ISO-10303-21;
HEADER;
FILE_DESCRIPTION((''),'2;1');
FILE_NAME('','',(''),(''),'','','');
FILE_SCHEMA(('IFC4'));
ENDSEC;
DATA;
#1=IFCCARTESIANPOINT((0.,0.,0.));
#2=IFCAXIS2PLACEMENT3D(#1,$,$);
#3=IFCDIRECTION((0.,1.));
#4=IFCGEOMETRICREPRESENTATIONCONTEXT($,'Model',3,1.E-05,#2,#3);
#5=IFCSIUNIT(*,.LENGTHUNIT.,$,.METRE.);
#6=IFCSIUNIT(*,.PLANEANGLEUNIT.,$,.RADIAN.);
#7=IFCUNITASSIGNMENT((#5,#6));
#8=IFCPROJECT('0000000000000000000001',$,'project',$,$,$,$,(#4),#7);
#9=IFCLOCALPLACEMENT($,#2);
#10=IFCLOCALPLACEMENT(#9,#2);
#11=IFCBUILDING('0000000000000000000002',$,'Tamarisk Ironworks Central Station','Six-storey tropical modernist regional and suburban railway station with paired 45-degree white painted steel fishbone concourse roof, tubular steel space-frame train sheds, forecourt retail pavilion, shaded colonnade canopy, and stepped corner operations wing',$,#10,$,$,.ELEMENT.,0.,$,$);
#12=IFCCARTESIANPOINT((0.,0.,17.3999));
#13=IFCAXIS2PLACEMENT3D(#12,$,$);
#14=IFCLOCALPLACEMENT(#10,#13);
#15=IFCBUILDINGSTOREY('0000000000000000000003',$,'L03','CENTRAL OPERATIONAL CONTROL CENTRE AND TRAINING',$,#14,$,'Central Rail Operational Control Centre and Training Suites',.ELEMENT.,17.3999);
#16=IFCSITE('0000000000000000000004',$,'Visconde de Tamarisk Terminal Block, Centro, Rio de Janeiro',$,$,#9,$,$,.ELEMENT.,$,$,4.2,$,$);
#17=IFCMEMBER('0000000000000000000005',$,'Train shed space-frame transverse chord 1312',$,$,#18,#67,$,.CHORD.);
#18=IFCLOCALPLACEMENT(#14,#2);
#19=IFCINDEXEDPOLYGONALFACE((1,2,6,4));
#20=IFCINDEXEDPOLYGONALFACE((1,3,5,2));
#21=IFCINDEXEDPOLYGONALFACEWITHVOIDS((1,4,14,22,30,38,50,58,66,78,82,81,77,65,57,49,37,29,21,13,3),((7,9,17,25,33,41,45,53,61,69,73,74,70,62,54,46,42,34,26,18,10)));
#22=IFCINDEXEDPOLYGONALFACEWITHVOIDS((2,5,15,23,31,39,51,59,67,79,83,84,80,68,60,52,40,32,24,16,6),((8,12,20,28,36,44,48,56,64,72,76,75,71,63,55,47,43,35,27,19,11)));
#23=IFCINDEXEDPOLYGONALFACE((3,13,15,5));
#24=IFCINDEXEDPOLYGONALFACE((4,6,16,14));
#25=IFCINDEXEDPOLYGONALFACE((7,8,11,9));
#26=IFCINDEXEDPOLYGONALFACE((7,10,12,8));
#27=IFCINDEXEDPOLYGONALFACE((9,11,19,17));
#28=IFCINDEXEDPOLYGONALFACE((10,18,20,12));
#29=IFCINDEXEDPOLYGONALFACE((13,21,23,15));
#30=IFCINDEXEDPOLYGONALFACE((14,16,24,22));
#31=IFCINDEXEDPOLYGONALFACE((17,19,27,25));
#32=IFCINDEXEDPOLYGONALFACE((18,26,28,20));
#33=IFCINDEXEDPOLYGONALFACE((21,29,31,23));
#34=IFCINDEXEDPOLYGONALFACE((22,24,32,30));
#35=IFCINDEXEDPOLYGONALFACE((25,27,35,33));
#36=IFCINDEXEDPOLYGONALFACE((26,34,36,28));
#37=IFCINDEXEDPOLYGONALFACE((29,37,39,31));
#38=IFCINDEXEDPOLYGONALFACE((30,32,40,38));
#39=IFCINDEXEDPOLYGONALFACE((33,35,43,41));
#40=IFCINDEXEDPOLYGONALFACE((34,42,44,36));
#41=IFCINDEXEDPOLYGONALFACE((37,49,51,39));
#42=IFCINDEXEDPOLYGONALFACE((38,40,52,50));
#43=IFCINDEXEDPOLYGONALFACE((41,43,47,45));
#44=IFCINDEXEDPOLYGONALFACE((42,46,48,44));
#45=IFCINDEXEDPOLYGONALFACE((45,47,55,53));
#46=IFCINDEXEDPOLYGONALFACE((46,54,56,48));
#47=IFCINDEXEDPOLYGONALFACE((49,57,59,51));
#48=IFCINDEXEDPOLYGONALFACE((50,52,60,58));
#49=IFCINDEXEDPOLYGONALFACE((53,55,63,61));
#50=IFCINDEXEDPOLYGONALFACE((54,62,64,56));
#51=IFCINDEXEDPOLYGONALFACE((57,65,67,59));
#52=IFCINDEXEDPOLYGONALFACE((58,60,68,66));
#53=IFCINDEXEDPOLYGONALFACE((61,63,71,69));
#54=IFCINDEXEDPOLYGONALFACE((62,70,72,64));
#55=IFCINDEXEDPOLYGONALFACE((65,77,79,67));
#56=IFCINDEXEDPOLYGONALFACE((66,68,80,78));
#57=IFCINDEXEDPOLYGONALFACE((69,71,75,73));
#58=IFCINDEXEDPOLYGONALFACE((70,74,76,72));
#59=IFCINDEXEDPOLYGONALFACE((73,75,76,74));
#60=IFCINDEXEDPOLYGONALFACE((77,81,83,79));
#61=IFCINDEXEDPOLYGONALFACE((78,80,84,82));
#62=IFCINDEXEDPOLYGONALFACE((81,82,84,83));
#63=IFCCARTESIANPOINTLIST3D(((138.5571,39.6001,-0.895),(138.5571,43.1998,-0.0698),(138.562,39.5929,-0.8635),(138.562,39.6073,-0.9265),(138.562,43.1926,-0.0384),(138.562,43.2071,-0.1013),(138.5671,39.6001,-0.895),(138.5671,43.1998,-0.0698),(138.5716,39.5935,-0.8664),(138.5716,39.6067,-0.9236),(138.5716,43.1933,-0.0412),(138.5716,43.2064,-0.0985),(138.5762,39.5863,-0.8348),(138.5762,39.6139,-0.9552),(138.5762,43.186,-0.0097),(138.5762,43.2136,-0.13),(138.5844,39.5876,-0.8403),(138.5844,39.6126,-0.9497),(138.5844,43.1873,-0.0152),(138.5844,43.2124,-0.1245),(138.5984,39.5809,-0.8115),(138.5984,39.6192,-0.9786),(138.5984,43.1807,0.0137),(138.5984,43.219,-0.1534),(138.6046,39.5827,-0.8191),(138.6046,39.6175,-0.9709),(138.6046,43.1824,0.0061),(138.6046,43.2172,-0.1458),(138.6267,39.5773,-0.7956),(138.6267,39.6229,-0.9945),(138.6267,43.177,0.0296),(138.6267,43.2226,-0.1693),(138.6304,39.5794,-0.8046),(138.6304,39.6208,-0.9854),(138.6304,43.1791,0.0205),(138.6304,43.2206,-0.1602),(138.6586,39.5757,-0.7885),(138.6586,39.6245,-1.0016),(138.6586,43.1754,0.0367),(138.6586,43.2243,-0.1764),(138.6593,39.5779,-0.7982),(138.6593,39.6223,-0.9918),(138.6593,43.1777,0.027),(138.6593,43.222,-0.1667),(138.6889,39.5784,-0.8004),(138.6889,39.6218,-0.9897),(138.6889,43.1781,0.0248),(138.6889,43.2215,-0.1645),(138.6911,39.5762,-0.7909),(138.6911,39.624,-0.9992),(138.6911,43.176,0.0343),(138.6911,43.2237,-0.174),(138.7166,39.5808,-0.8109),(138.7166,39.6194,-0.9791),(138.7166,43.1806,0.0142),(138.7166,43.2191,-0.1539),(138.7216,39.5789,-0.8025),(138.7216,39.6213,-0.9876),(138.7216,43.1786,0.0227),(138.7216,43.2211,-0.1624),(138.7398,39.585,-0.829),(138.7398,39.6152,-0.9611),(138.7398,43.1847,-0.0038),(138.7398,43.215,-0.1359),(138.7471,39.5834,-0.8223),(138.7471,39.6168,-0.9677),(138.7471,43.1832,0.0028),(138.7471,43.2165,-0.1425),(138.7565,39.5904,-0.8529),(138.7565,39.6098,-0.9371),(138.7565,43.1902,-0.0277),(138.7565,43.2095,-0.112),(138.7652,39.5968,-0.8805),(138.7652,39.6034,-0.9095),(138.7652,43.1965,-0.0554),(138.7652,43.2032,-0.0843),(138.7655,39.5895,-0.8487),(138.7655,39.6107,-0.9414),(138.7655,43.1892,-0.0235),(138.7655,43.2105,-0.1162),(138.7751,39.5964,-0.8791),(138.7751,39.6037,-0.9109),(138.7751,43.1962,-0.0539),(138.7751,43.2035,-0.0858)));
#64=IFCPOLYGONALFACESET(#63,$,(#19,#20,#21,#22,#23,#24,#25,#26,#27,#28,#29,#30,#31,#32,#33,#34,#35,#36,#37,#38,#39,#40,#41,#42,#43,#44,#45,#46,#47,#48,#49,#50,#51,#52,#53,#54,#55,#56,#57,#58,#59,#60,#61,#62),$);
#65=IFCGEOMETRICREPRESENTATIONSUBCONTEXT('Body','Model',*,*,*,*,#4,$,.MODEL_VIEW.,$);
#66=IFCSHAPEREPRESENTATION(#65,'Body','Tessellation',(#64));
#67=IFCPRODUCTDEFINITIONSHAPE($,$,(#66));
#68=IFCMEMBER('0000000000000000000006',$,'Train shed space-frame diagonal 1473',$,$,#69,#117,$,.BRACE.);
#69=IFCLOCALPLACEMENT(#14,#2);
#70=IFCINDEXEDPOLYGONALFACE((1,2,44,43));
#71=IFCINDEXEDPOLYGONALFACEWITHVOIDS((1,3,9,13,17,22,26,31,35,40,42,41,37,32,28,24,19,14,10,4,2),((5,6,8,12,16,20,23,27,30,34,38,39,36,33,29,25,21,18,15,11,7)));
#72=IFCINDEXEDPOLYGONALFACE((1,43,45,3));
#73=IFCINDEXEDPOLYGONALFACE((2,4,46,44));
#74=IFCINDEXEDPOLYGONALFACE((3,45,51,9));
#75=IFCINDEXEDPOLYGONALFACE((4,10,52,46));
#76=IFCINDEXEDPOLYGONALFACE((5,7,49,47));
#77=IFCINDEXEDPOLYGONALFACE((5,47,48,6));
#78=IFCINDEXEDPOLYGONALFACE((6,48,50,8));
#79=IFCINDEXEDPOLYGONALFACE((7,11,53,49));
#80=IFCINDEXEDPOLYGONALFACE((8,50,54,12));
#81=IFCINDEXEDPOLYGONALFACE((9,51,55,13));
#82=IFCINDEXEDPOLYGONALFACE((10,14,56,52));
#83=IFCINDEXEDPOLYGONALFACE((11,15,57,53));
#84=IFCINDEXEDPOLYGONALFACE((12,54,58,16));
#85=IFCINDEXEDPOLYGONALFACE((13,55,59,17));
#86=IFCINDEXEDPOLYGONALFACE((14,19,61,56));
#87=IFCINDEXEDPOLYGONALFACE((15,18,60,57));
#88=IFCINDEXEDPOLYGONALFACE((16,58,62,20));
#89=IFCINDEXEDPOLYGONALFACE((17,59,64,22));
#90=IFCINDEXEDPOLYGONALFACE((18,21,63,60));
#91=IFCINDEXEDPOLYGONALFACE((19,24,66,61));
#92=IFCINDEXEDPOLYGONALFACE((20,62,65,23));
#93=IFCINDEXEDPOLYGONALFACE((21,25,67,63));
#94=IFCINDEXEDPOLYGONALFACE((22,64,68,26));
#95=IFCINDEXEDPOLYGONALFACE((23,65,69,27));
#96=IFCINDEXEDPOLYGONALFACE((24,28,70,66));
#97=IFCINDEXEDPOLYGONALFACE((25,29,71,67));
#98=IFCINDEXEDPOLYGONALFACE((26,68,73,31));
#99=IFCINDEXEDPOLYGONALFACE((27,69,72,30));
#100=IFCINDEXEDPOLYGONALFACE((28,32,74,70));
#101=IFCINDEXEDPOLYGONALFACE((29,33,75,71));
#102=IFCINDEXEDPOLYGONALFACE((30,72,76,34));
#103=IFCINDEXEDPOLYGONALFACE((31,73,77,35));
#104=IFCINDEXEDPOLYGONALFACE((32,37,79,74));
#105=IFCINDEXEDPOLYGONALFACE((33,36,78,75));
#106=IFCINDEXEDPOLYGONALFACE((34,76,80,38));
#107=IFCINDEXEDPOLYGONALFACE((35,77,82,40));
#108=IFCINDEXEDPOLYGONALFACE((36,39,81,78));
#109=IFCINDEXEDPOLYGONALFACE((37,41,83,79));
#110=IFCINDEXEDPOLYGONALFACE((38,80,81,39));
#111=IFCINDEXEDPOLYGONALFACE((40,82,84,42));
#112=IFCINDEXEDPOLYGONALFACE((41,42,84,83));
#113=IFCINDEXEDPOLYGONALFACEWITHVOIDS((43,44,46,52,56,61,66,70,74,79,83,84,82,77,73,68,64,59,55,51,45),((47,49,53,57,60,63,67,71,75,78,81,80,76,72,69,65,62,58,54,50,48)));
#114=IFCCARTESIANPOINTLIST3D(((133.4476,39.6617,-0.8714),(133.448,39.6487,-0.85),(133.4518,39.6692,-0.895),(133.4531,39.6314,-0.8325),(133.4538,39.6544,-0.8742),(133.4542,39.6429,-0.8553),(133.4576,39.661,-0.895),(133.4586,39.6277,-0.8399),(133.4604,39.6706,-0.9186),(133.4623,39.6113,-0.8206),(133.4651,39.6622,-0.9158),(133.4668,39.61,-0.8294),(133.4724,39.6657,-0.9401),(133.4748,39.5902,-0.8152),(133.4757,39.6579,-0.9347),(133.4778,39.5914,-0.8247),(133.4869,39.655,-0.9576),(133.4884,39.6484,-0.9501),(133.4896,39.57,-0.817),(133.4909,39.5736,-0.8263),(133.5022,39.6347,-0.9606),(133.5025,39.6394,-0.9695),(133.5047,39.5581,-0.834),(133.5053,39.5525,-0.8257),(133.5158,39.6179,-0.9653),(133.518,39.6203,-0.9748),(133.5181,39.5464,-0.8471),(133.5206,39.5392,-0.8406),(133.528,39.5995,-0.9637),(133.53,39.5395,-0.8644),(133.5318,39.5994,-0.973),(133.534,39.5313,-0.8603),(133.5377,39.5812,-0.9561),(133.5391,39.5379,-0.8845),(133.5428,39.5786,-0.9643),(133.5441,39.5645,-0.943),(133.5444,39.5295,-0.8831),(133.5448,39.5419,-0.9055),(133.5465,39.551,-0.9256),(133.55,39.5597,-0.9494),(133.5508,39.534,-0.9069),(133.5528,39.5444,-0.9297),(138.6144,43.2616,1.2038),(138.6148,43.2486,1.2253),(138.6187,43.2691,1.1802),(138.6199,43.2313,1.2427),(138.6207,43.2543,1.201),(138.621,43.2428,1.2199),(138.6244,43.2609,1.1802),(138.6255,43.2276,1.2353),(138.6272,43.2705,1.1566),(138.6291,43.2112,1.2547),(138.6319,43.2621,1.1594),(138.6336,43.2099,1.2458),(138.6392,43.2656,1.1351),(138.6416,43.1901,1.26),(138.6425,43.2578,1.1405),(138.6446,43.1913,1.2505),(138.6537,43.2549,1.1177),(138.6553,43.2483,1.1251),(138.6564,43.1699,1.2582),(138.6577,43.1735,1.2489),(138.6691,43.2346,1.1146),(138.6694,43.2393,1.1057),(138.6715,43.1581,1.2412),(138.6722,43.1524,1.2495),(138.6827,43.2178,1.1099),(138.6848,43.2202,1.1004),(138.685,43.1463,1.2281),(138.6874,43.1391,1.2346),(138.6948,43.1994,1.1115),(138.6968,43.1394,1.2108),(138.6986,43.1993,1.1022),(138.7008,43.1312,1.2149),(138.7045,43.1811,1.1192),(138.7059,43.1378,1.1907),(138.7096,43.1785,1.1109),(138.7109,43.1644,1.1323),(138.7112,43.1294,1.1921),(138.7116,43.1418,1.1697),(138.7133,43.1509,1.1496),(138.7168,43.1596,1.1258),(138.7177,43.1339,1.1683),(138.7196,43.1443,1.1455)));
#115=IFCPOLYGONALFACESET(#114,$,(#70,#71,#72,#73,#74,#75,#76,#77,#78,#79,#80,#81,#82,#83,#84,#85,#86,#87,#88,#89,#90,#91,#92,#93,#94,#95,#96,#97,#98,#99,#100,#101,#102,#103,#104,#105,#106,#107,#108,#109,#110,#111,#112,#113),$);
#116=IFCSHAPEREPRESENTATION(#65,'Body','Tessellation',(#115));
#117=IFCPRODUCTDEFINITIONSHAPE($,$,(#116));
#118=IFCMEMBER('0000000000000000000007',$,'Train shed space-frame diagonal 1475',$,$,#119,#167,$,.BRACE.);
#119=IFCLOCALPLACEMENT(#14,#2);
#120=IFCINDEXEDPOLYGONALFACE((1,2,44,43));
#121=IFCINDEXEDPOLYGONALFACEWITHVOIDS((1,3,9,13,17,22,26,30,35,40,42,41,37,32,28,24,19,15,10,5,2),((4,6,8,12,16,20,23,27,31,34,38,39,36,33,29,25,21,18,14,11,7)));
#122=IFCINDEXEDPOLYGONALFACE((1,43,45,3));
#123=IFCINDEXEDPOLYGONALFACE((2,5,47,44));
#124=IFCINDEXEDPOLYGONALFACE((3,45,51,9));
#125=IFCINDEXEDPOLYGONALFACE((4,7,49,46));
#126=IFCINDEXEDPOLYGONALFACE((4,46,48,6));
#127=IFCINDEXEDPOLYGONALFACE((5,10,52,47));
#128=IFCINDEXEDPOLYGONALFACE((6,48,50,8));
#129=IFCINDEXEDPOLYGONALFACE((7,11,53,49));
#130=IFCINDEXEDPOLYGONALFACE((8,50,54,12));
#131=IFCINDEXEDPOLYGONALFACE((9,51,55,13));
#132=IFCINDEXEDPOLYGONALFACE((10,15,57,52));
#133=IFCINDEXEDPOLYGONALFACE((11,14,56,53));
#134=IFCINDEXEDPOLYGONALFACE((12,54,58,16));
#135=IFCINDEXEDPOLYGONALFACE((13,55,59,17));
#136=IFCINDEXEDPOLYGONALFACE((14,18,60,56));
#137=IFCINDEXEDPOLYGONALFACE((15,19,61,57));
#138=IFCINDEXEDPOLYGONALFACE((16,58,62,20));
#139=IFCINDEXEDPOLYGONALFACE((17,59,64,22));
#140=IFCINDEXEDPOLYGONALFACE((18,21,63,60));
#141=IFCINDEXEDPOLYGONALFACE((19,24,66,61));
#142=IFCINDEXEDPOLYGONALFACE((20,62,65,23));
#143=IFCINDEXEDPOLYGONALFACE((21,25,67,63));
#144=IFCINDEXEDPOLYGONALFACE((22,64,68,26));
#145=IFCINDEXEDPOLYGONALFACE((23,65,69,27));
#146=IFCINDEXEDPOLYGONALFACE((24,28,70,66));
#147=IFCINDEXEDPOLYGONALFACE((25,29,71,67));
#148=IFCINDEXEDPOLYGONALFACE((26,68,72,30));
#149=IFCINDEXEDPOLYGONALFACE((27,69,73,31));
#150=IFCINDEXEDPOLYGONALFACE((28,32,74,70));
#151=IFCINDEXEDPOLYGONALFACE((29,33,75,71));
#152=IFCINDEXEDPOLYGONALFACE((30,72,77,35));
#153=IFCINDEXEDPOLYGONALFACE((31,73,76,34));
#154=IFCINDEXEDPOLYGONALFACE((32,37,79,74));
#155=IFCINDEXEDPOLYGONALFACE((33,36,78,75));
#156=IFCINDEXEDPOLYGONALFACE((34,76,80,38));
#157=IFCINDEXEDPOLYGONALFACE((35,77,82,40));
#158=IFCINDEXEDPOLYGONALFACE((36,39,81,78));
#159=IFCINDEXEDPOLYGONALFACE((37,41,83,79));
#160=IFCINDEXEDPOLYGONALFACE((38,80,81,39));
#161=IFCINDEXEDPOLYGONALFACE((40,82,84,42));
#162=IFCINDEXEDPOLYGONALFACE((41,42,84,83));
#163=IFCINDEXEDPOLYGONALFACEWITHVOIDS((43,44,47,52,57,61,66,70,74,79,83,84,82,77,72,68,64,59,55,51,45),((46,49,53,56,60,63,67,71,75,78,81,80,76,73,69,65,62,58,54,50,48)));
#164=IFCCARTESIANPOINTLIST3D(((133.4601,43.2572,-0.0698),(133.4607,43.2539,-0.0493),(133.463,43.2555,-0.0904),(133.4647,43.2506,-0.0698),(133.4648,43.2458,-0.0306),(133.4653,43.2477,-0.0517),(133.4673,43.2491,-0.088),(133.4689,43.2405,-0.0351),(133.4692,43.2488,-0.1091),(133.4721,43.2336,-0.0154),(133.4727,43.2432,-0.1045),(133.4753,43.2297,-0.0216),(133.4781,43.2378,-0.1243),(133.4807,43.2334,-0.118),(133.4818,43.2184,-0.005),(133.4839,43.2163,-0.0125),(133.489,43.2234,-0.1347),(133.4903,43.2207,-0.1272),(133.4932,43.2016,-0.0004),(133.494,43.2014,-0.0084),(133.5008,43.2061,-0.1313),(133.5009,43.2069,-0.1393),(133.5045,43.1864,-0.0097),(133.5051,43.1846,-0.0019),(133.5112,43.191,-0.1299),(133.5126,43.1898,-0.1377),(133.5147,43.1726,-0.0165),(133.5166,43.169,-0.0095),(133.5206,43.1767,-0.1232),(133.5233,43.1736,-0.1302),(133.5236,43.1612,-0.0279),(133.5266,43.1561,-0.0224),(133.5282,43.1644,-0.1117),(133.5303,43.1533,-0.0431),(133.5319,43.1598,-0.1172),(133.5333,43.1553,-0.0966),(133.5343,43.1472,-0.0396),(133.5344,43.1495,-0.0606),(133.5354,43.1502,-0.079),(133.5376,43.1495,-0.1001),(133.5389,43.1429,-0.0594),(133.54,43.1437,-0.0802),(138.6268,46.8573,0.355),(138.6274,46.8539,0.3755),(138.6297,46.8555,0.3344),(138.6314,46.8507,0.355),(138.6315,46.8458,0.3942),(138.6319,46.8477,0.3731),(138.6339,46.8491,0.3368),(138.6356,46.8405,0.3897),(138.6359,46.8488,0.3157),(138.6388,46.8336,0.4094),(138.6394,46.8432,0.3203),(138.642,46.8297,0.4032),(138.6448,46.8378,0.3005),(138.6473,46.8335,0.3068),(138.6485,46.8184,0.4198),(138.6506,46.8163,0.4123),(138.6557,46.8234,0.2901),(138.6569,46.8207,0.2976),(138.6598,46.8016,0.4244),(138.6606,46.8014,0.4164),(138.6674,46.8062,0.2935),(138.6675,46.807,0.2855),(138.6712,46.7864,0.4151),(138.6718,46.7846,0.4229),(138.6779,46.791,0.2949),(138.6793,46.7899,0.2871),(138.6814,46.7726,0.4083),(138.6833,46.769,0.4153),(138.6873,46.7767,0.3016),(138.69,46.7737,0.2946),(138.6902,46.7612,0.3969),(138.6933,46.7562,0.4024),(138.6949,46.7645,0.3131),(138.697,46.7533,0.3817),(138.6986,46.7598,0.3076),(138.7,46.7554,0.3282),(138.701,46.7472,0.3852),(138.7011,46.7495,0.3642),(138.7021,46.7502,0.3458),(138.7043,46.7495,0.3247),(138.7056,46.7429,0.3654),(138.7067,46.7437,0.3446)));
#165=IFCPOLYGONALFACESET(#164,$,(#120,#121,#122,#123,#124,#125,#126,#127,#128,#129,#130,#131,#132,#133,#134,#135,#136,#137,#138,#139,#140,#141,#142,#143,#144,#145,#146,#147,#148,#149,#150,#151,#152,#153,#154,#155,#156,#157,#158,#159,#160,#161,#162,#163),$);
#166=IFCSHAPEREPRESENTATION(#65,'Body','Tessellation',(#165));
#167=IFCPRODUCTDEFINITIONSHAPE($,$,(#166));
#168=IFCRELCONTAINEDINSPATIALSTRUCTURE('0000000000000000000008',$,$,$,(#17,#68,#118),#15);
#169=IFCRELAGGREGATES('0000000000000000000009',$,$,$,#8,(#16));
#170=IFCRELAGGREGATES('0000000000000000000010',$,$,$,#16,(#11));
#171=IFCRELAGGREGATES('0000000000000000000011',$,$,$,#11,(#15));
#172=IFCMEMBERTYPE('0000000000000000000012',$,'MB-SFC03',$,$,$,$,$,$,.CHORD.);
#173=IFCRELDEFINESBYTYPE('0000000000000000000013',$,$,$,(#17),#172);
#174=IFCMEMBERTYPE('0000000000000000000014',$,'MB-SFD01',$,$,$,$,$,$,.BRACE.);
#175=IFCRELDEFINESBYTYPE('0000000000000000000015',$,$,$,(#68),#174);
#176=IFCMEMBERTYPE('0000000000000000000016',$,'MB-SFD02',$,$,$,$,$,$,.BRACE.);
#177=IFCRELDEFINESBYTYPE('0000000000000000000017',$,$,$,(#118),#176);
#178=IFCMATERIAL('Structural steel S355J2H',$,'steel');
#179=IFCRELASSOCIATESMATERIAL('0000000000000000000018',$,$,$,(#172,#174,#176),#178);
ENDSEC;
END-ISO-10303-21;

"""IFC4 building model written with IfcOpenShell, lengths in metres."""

from ifc_helpers import new_model, si_unit, direction, frame, origin, origin_2d, place, context, subcontext, project, spatial, hollow_circle, extrude, material, material_profile, profile_set, type_object, element, save


model = new_model("IFC4")

# Units and contexts
model_context = context("Model", 3, precision=1e-05, world=origin(), true_north=direction((0.0, 1.0)))
body_context = subcontext(model_context, "Body", "Model", "MODEL_VIEW")
ifc_project = project(units=[si_unit("LENGTHUNIT", "METRE"), si_unit("PLANEANGLEUNIT", "RADIAN")], contexts=[model_context])

# Site, building, storey
site_placement = place(None, origin())
site = spatial("IfcSite", under=ifc_project, at=site_placement, Name="Visconde de Tamarisk Terminal Block, Centro, Rio de Janeiro", CompositionType="ELEMENT", RefElevation=4.2)
building_placement = place(site_placement, origin())
building = spatial("IfcBuilding", under=site, at=building_placement, Name="Tamarisk Ironworks Central Station", Description="Six-storey tropical modernist regional and suburban railway station with paired 45-degree white painted steel fishbone concourse roof, tubular steel space-frame train sheds, forecourt retail pavilion, shaded colonnade canopy, and stepped corner operations wing", CompositionType="ELEMENT", ElevationOfRefHeight=0.0)
storey_placement = place(building_placement, frame((0.0, 0.0, 17.3999)))
storey = spatial("IfcBuildingStorey", under=building, at=storey_placement, Name="L03", Description="CENTRAL OPERATIONAL CONTROL CENTRE AND TRAINING", LongName="Central Rail Operational Control Centre and Training Suites", CompositionType="ELEMENT", Elevation=17.3999)

# Members
ifc_material = material(Name="Structural steel S355J2H", Category="steel")
ifc_material_profile_1 = material_profile(ifc_material, hollow_circle(Radius=0.1096, WallThickness=0.01, at=origin_2d()), Name="CHS 219.1x10")
ifc_profile_set_1 = profile_set([ifc_material_profile_1], Name="Structural steel S355J2H")
member_type_1 = type_object("IfcMemberType", Name="MB-SFC03", PredefinedType="CHORD", material=ifc_profile_set_1)
for number, where, z_axis, x_axis, name in (
    (1, (138.6667, 39.6001, -0.895), (0.0, 0.974719, 0.223435), (-1.0, 0.0, 0.0), "Train shed space-frame transverse chord 1312"),
):
    element("IfcMember", number, at=place(storey_placement, frame(where, z_axis=z_axis, x_axis=x_axis)), inside=storey, type_object=member_type_1, Name=name, PredefinedType="CHORD", context=body_context, shape_type="SweptSolid", body=[
        extrude(hollow_circle(Radius=0.1096, WallThickness=0.01, at=origin_2d()), origin(), (0.0, 0.0, 1.0), 3.6931),
    ])
ifc_material_profile_2 = material_profile(ifc_material, hollow_circle(Radius=0.0842, WallThickness=0.01, at=origin_2d()), Name="CHS 168.3x10")
ifc_profile_set_2 = profile_set([ifc_material_profile_2], Name="Structural steel S355J2H")
member_type_2 = type_object("IfcMemberType", Name="MB-SFD01", PredefinedType="BRACE", material=ifc_profile_set_2)
member_1_placement = place(storey_placement, frame((133.5, 39.6001, -0.895), z_axis=(0.779265, 0.542941, 0.312987), x_axis=(-0.571663, 0.820489, 0.0)))
element("IfcMember", 2, at=member_1_placement, inside=storey, type_object=member_type_2, Name="Train shed space-frame diagonal 1473", PredefinedType="BRACE", context=body_context, shape_type="SweptSolid", body=[
    extrude(hollow_circle(Radius=0.0842, WallThickness=0.01, at=origin_2d()), origin(), (0.0, 0.0, 1.0), 6.6304),
])
ifc_material_profile_3 = material_profile(ifc_material, hollow_circle(Radius=0.0698, WallThickness=0.0081, at=origin_2d()), Name="CHS 139.7x8")
ifc_profile_set_3 = profile_set([ifc_material_profile_3], Name="Structural steel S355J2H")
member_type_3 = type_object("IfcMemberType", Name="MB-SFD02", PredefinedType="BRACE", material=ifc_profile_set_3)
member_2_placement = place(storey_placement, frame((133.5, 43.2, -0.0698), z_axis=(0.81861, 0.570393, 0.067305), x_axis=(-0.571689, 0.82047, 0.0)))
element("IfcMember", 3, at=member_2_placement, inside=storey, type_object=member_type_3, Name="Train shed space-frame diagonal 1475", PredefinedType="BRACE", context=body_context, shape_type="SweptSolid", body=[
    extrude(hollow_circle(Radius=0.0698, WallThickness=0.0081, at=origin_2d()), origin(), (0.0, 0.0, 1.0), 6.3115),
])

save(model, "model.ifc")
